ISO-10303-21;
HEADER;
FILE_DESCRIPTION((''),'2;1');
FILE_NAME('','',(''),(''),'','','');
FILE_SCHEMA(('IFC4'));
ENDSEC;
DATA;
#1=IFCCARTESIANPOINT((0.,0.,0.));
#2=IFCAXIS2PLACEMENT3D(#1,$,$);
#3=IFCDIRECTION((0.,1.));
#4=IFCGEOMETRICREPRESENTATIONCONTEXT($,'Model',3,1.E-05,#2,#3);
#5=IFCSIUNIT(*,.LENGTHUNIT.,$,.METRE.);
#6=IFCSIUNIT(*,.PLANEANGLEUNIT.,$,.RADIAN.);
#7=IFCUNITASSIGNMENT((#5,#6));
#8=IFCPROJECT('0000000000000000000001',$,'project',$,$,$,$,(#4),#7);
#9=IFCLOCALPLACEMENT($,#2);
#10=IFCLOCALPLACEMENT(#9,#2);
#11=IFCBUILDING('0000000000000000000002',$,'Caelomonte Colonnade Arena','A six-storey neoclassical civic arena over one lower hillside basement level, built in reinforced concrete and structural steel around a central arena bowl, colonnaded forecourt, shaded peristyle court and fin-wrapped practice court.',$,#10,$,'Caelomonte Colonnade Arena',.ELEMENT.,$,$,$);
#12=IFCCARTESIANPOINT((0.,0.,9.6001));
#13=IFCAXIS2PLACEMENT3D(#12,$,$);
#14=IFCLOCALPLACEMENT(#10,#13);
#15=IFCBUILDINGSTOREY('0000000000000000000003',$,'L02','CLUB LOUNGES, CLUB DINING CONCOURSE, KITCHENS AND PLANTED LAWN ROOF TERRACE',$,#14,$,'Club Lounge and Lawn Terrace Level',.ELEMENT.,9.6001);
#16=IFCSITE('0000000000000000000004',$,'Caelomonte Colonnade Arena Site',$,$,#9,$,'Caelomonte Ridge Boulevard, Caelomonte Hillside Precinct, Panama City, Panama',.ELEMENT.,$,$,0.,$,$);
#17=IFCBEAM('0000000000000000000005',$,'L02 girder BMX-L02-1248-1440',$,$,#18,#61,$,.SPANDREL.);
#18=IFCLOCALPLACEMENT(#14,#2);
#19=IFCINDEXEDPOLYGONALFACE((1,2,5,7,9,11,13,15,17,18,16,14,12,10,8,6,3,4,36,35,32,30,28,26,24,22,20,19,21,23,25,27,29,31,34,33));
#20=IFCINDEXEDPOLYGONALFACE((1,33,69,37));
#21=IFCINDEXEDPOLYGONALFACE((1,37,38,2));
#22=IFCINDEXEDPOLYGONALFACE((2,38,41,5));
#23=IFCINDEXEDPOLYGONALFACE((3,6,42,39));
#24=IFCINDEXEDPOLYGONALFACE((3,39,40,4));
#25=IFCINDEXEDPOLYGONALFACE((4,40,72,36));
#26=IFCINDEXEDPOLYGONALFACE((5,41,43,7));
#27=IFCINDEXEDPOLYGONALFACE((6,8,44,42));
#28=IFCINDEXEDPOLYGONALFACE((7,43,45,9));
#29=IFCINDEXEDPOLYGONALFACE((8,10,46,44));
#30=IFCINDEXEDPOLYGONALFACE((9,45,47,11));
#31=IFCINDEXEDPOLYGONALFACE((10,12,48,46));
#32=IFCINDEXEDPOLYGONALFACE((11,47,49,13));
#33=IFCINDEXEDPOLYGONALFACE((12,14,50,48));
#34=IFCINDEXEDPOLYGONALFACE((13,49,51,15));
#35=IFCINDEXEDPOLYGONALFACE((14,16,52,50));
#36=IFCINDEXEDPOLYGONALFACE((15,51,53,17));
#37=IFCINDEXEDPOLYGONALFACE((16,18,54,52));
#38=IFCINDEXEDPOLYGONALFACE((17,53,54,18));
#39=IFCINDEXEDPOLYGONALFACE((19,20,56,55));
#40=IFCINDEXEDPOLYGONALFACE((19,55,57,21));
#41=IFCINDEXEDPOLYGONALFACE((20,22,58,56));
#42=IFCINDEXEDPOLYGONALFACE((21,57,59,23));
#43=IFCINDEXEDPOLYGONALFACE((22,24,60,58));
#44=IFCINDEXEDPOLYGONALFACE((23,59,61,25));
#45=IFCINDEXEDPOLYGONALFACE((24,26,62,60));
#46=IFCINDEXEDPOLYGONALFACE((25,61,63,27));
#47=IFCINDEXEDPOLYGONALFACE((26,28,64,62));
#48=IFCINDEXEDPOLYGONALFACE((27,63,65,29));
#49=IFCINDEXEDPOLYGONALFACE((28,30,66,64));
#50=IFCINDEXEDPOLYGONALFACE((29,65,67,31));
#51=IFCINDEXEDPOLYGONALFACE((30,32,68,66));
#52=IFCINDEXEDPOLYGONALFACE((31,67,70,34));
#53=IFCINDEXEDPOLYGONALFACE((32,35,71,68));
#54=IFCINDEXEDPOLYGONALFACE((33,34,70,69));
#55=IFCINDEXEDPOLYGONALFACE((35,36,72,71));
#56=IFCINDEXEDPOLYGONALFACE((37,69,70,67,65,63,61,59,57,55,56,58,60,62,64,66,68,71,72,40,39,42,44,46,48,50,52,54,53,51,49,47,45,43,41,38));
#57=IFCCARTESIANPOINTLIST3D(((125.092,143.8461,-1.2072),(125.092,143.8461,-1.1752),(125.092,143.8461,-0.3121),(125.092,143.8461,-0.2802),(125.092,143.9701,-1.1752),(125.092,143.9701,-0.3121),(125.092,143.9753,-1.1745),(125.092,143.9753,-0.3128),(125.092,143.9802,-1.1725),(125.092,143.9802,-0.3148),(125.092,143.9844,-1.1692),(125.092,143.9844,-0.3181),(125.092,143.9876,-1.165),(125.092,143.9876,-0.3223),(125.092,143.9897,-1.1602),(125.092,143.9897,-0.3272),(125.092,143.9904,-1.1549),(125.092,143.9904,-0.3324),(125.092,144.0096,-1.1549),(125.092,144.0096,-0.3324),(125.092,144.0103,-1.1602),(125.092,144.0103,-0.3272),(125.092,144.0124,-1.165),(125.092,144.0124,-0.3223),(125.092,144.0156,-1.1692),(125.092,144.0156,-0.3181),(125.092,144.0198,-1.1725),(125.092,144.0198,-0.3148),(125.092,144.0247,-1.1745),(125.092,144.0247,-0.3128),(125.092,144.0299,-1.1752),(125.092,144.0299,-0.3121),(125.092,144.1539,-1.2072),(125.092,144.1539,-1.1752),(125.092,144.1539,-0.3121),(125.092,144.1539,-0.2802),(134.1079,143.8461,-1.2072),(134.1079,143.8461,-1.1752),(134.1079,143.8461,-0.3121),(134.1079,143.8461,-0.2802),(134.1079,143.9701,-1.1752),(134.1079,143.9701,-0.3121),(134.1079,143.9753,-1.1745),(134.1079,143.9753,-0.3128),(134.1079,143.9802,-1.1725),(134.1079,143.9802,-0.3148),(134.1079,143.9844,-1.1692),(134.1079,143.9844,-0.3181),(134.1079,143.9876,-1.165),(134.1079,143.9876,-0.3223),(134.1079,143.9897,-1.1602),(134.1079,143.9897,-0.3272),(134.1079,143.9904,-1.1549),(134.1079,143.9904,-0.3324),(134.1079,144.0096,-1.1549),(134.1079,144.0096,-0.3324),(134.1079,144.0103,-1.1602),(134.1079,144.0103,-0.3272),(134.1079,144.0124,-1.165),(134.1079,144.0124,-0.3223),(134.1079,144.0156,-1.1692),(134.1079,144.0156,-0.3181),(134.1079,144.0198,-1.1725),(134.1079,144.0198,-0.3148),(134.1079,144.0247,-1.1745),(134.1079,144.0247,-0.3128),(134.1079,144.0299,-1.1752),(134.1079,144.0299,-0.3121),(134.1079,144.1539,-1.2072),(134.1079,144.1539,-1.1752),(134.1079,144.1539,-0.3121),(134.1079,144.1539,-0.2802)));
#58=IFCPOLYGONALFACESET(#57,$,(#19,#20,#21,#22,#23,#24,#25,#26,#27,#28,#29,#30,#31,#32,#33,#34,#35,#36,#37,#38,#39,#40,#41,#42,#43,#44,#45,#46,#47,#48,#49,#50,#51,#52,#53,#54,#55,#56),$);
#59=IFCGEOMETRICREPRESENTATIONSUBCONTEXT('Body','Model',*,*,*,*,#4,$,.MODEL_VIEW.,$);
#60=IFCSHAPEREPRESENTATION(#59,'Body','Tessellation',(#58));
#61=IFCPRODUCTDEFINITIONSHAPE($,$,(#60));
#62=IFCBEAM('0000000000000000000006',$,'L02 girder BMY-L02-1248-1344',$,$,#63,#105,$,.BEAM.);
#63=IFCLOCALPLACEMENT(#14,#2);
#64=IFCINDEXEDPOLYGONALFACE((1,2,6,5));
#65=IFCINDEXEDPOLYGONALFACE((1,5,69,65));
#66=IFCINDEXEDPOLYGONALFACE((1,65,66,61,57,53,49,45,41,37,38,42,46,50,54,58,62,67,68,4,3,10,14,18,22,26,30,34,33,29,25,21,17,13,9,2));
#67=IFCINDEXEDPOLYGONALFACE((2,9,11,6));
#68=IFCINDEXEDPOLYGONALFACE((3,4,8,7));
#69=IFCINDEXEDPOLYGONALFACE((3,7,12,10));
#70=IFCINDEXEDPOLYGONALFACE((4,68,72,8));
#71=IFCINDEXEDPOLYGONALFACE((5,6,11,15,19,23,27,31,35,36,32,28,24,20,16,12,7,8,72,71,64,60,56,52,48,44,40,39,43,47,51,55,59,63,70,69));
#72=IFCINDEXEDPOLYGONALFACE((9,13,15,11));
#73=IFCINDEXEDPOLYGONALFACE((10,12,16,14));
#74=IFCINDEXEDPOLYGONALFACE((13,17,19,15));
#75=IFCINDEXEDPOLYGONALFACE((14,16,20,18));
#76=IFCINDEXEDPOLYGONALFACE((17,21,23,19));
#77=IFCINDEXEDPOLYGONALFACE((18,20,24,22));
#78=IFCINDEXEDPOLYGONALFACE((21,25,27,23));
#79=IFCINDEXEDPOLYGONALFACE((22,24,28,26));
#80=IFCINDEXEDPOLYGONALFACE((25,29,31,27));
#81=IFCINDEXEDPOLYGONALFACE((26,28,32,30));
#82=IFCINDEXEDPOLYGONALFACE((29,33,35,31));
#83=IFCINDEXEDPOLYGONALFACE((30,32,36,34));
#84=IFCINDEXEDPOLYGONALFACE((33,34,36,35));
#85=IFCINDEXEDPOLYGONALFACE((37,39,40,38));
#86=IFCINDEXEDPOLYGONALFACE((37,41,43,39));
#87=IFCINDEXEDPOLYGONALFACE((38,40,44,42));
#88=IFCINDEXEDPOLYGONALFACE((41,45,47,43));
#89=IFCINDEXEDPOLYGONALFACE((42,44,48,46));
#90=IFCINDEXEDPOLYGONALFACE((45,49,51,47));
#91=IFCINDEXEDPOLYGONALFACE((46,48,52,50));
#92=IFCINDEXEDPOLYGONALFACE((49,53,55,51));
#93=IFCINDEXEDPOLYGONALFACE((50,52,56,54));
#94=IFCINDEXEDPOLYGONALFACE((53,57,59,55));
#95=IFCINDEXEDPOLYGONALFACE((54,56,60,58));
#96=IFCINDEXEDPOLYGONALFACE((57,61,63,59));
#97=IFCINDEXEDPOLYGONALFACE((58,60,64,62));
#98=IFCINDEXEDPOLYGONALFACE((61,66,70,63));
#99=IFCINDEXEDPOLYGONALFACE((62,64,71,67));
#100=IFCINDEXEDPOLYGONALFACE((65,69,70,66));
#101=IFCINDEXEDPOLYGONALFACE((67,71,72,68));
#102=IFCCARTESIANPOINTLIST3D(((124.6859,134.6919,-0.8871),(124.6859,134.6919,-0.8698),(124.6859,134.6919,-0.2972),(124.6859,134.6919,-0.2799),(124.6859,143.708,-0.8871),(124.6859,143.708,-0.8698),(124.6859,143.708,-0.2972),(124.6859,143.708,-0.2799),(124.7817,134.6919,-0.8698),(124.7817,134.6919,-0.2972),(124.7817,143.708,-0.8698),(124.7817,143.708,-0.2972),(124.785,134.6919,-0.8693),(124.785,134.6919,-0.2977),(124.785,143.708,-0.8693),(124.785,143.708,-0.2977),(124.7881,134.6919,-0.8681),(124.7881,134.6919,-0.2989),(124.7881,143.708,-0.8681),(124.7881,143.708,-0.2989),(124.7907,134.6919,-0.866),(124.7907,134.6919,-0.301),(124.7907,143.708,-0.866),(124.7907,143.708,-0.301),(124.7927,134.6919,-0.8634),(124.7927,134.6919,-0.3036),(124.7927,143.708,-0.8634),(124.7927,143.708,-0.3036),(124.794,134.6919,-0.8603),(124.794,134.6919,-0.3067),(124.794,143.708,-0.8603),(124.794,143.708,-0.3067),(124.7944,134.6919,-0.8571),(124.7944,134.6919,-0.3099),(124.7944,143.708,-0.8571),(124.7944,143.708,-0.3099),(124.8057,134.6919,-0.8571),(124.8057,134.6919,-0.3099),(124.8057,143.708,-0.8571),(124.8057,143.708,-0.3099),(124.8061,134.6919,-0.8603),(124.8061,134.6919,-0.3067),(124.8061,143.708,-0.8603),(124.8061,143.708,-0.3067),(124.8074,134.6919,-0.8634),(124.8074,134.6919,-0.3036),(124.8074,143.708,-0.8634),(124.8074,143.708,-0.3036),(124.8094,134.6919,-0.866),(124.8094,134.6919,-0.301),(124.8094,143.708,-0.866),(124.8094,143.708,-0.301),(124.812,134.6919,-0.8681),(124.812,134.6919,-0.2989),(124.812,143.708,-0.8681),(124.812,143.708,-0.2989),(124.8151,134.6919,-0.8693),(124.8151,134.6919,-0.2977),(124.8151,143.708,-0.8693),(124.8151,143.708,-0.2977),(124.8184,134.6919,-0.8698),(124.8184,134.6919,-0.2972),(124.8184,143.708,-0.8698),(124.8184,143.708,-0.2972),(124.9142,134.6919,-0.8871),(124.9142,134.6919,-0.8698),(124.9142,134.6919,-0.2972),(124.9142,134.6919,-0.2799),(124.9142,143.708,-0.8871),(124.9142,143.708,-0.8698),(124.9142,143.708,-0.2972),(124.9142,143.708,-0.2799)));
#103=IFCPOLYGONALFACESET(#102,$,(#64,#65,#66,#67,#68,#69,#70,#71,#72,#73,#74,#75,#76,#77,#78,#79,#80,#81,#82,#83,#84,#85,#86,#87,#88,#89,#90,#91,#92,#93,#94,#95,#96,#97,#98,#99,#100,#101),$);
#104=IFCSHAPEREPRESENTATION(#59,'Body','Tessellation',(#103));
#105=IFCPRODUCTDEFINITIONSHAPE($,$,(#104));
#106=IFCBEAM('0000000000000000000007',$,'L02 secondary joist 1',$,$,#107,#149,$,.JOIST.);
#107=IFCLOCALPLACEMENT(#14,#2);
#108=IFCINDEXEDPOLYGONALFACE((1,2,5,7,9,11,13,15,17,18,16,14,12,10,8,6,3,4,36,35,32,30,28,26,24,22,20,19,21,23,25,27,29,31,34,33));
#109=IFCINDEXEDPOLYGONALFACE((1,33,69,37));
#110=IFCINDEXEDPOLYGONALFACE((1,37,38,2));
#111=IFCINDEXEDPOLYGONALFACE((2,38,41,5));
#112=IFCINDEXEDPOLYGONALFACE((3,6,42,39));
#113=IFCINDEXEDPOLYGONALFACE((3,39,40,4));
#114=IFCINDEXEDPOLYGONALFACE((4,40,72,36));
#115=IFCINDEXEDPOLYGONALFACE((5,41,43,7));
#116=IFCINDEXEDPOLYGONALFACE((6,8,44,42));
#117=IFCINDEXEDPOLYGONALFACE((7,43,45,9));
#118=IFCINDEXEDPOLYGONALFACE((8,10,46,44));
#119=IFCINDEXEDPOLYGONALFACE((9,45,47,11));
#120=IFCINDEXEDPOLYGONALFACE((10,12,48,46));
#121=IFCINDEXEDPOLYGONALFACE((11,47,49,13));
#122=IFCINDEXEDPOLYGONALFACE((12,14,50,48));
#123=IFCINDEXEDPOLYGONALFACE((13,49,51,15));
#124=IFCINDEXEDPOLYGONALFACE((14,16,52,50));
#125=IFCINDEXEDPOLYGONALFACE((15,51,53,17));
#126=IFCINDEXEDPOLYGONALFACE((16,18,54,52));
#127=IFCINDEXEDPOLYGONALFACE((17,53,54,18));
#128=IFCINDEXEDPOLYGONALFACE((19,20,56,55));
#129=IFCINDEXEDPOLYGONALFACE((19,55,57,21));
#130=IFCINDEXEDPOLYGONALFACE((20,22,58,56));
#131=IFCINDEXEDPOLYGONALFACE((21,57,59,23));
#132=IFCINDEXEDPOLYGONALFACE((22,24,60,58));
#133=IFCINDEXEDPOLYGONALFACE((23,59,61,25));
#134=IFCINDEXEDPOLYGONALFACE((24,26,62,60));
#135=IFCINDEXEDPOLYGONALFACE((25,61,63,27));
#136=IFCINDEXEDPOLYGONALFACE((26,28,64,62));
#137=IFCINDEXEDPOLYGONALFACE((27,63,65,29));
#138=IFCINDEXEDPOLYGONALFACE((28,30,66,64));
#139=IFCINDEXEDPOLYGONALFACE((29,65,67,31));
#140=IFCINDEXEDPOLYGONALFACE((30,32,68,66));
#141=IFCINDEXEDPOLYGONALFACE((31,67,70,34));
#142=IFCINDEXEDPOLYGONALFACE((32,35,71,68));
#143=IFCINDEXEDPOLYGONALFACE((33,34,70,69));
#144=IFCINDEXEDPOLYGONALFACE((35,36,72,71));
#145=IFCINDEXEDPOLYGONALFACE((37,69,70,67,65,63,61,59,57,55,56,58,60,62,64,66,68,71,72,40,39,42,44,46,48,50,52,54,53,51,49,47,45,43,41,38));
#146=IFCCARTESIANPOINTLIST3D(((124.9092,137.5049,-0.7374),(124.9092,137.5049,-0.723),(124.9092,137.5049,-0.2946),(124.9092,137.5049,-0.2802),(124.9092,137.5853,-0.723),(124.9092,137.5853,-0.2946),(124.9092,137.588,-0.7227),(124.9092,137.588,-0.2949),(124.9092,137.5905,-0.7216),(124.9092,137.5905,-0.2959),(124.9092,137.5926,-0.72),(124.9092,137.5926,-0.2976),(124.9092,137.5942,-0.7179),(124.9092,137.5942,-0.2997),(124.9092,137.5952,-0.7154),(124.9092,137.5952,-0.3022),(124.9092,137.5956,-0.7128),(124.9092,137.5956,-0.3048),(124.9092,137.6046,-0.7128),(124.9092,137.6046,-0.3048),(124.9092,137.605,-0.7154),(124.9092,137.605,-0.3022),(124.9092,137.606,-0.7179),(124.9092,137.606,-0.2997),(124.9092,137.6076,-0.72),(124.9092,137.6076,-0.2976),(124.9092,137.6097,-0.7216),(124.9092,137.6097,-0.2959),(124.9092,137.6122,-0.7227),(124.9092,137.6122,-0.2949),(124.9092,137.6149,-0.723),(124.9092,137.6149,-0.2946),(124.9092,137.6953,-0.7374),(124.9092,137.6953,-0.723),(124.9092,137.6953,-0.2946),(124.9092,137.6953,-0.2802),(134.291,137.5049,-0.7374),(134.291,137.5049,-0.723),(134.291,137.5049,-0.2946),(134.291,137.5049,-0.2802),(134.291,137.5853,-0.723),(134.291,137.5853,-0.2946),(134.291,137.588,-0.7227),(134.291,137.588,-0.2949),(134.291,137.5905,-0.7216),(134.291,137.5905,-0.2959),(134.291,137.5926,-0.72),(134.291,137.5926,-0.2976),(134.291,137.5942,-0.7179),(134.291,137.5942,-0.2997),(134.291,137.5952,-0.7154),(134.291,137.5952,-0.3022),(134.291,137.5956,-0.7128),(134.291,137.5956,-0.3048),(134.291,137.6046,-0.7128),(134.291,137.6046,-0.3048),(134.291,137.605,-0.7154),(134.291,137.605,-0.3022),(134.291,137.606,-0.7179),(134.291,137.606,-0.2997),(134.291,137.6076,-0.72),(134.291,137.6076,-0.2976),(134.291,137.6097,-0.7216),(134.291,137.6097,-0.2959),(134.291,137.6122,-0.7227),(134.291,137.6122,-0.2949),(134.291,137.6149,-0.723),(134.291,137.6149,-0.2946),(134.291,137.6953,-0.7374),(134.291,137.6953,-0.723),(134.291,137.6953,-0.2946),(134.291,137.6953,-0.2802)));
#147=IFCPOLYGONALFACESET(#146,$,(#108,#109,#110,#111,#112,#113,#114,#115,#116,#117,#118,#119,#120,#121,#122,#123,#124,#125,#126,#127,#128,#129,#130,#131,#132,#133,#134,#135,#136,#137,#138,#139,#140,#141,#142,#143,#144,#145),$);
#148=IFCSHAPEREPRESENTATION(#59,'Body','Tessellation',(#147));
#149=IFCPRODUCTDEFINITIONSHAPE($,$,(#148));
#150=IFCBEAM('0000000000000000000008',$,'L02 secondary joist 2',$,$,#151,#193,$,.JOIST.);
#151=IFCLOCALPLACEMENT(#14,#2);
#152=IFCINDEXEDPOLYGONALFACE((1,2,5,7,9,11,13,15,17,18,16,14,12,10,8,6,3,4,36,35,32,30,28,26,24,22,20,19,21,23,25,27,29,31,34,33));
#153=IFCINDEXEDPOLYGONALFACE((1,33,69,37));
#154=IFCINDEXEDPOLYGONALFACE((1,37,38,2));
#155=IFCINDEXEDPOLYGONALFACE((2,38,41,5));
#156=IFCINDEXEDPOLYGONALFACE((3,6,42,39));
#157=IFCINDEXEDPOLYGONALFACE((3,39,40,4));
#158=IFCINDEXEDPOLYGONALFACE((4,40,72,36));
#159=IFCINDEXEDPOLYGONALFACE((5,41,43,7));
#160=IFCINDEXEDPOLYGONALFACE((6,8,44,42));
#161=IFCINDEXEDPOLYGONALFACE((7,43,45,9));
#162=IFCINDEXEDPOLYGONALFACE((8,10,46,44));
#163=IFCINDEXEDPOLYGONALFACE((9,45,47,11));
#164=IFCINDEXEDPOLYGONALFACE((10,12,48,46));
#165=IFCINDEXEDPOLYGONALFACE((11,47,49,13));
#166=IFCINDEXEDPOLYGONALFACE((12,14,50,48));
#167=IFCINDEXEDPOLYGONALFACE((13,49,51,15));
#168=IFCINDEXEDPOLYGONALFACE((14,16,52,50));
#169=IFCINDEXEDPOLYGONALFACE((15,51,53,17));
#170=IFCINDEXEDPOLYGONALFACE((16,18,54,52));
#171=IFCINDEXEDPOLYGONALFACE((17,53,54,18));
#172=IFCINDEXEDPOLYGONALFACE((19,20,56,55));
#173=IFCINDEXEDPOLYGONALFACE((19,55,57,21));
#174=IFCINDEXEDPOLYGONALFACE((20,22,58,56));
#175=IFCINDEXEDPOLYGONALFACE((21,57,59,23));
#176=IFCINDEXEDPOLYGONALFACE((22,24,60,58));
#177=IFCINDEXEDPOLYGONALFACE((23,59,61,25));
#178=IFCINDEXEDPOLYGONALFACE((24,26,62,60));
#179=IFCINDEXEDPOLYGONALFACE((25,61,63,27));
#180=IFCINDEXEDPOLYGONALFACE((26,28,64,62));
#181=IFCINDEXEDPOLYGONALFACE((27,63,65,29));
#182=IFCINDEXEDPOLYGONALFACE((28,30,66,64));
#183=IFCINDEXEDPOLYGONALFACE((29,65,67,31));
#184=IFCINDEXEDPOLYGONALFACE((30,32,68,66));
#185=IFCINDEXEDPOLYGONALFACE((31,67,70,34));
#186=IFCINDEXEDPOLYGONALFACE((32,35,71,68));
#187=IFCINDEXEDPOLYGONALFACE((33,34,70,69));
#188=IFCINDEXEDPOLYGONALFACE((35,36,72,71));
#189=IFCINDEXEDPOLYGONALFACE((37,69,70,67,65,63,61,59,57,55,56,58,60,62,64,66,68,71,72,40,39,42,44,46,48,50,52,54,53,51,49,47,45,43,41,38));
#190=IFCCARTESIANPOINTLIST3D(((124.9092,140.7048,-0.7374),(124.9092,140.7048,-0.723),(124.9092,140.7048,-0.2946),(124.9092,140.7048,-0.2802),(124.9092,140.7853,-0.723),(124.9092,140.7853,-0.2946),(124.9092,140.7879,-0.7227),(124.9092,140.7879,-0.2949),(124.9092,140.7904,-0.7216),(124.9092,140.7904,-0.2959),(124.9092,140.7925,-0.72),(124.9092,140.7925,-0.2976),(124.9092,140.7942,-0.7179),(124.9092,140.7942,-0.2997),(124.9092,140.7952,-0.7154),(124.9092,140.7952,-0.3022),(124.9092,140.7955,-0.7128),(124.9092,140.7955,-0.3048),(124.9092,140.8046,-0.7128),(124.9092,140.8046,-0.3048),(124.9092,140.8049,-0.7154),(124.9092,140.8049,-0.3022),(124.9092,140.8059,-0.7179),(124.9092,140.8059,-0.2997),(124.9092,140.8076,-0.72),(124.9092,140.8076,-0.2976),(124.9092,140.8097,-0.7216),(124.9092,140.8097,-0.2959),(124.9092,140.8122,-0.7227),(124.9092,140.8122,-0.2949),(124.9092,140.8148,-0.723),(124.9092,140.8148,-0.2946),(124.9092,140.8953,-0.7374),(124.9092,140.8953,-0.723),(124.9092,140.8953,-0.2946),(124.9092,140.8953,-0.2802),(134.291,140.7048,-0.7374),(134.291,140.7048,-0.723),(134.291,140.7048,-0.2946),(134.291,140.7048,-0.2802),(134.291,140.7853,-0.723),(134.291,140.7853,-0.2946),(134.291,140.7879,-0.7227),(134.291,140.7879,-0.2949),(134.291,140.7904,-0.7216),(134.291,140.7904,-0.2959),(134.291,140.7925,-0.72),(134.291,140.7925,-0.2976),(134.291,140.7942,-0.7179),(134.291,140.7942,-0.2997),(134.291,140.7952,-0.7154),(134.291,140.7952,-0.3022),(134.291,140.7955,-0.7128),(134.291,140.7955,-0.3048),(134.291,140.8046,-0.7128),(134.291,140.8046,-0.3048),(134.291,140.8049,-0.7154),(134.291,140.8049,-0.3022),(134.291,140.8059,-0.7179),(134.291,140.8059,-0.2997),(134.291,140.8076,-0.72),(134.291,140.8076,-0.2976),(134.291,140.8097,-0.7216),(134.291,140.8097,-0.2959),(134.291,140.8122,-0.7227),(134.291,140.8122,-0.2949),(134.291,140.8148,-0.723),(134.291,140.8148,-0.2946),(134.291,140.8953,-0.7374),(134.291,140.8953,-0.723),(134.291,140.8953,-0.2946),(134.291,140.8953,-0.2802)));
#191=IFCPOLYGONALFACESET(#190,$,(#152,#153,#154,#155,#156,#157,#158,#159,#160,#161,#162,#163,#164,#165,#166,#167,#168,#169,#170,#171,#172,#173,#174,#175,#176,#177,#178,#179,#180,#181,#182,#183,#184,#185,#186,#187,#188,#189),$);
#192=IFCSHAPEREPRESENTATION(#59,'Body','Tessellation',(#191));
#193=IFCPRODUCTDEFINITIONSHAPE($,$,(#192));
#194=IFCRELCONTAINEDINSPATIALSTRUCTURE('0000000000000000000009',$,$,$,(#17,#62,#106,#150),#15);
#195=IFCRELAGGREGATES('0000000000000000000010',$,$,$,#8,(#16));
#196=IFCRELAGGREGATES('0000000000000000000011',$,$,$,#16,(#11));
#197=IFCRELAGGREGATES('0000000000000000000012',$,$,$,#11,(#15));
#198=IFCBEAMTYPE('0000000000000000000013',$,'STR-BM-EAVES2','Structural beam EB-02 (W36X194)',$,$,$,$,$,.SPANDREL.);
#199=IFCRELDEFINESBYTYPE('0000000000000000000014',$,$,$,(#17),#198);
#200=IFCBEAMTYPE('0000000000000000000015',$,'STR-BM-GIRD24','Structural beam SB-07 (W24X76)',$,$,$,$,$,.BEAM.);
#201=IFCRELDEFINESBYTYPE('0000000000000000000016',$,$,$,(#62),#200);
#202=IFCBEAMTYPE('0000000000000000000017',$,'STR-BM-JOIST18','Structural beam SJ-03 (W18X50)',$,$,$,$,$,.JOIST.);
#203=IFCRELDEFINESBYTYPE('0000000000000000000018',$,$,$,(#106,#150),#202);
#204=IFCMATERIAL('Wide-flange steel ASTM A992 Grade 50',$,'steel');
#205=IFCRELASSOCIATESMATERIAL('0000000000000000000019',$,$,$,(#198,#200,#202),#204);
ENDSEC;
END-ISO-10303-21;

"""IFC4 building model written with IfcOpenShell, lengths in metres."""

from ifc_helpers import new_model, si_unit, direction, frame, origin, origin_2d, place, context, subcontext, project, spatial, i_section, extrude, material, material_profile, profile_set, type_object, element, save


model = new_model("IFC4")

# Units and contexts
model_context = context("Model", 3, precision=1e-05, world=origin(), true_north=direction((0.0, 1.0)))
body_context = subcontext(model_context, "Body", "Model", "MODEL_VIEW")
ifc_project = project(units=[si_unit("LENGTHUNIT", "METRE"), si_unit("PLANEANGLEUNIT", "RADIAN")], contexts=[model_context])

# Site, building, storey
site_placement = place(None, origin())
site = spatial("IfcSite", under=ifc_project, at=site_placement, Name="Caelomonte Colonnade Arena Site", LongName="Caelomonte Ridge Boulevard, Caelomonte Hillside Precinct, Panama City, Panama", CompositionType="ELEMENT", RefElevation=0.0)
building_placement = place(site_placement, origin())
building = spatial("IfcBuilding", under=site, at=building_placement, Name="Caelomonte Colonnade Arena", Description="A six-storey neoclassical civic arena over one lower hillside basement level, built in reinforced concrete and structural steel around a central arena bowl, colonnaded forecourt, shaded peristyle court and fin-wrapped practice court.", LongName="Caelomonte Colonnade Arena", CompositionType="ELEMENT")
storey_placement = place(building_placement, frame((0.0, 0.0, 9.6001)))
storey = spatial("IfcBuildingStorey", under=building, at=storey_placement, Name="L02", Description="CLUB LOUNGES, CLUB DINING CONCOURSE, KITCHENS AND PLANTED LAWN ROOF TERRACE", LongName="Club Lounge and Lawn Terrace Level", CompositionType="ELEMENT", Elevation=9.6001)

# Beams
ifc_material_1 = material(Name="Wide-flange steel ASTM A992 Grade 50", Category="steel")
ifc_material_profile_1 = material_profile(ifc_material_1, i_section(OverallWidth=0.3079, OverallDepth=0.927, WebThickness=0.0193, FlangeThickness=0.032, FilletRadius=0.0203, at=origin_2d()), Name="W36X194")
ifc_profile_set_1 = profile_set([ifc_material_profile_1], Name="Wide-flange steel ASTM A992 Grade 50")
beam_type_1 = type_object("IfcBeamType", Name="STR-BM-EAVES2", Description="Structural beam EB-02 (W36X194)", PredefinedType="SPANDREL", material=ifc_profile_set_1)
beam_1_placement = place(storey_placement, frame((125.092, 144.0, -0.7437), z_axis=(1.0, 0.0, 0.0), x_axis=(0.0, 1.0, 0.0)))
element("IfcBeam", 1, at=beam_1_placement, inside=storey, type_object=beam_type_1, Name="L02 girder BMX-L02-1248-1440", PredefinedType="SPANDREL", context=body_context, shape_type="SweptSolid", body=[
    extrude(i_section(OverallWidth=0.3079, OverallDepth=0.927, WebThickness=0.0193, FlangeThickness=0.032, FilletRadius=0.0203, at=origin_2d()), origin(), (0.0, 0.0, 1.0), 9.0159),
])
ifc_material_profile_2 = material_profile(ifc_material_1, i_section(OverallWidth=0.2283, OverallDepth=0.6072, WebThickness=0.0112, FlangeThickness=0.0173, FilletRadius=0.0127, at=origin_2d()), Name="W24X76")
ifc_profile_set_2 = profile_set([ifc_material_profile_2], Name="Wide-flange steel ASTM A992 Grade 50")
beam_type_2 = type_object("IfcBeamType", Name="STR-BM-GIRD24", Description="Structural beam SB-07 (W24X76)", PredefinedType="BEAM", material=ifc_profile_set_2)
beam_2_placement = place(storey_placement, frame((124.8, 134.6919, -0.5835), z_axis=(0.0, 1.0, 0.0), x_axis=(-1.0, 0.0, 0.0)))
element("IfcBeam", 2, at=beam_2_placement, inside=storey, type_object=beam_type_2, Name="L02 girder BMY-L02-1248-1344", PredefinedType="BEAM", context=body_context, shape_type="SweptSolid", body=[
    extrude(i_section(OverallWidth=0.2283, OverallDepth=0.6072, WebThickness=0.0112, FlangeThickness=0.0173, FilletRadius=0.0127, at=origin_2d()), origin(), (0.0, 0.0, 1.0), 9.0161),
])
ifc_material_profile_3 = material_profile(ifc_material_1, i_section(OverallWidth=0.1904, OverallDepth=0.4573, WebThickness=0.009, FlangeThickness=0.0144, FilletRadius=0.0103, at=origin_2d()), Name="W18X50")
ifc_profile_set_3 = profile_set([ifc_material_profile_3], Name="Wide-flange steel ASTM A992 Grade 50")
beam_type_3 = type_object("IfcBeamType", Name="STR-BM-JOIST18", Description="Structural beam SJ-03 (W18X50)", PredefinedType="JOIST", material=ifc_profile_set_3)
for number, where, z_axis, x_axis, name in (
    (3, (124.9092, 137.6001, -0.5088), (1.0, 0.0, 0.0), (0.0, 1.0, 0.0), "L02 secondary joist 1"),
    (4, (124.9092, 140.8, -0.5088), (1.0, 0.0, 0.0), (0.0, 1.0, 0.0), "L02 secondary joist 2"),
):
    element("IfcBeam", number, at=place(storey_placement, frame(where, z_axis=z_axis, x_axis=x_axis)), inside=storey, type_object=beam_type_3, Name=name, PredefinedType="JOIST", context=body_context, shape_type="SweptSolid", body=[
        extrude(i_section(OverallWidth=0.1904, OverallDepth=0.4573, WebThickness=0.009, FlangeThickness=0.0144, FilletRadius=0.0103, at=origin_2d()), origin(), (0.0, 0.0, 1.0), 9.3818),
    ])

save(model, "model.ifc")
